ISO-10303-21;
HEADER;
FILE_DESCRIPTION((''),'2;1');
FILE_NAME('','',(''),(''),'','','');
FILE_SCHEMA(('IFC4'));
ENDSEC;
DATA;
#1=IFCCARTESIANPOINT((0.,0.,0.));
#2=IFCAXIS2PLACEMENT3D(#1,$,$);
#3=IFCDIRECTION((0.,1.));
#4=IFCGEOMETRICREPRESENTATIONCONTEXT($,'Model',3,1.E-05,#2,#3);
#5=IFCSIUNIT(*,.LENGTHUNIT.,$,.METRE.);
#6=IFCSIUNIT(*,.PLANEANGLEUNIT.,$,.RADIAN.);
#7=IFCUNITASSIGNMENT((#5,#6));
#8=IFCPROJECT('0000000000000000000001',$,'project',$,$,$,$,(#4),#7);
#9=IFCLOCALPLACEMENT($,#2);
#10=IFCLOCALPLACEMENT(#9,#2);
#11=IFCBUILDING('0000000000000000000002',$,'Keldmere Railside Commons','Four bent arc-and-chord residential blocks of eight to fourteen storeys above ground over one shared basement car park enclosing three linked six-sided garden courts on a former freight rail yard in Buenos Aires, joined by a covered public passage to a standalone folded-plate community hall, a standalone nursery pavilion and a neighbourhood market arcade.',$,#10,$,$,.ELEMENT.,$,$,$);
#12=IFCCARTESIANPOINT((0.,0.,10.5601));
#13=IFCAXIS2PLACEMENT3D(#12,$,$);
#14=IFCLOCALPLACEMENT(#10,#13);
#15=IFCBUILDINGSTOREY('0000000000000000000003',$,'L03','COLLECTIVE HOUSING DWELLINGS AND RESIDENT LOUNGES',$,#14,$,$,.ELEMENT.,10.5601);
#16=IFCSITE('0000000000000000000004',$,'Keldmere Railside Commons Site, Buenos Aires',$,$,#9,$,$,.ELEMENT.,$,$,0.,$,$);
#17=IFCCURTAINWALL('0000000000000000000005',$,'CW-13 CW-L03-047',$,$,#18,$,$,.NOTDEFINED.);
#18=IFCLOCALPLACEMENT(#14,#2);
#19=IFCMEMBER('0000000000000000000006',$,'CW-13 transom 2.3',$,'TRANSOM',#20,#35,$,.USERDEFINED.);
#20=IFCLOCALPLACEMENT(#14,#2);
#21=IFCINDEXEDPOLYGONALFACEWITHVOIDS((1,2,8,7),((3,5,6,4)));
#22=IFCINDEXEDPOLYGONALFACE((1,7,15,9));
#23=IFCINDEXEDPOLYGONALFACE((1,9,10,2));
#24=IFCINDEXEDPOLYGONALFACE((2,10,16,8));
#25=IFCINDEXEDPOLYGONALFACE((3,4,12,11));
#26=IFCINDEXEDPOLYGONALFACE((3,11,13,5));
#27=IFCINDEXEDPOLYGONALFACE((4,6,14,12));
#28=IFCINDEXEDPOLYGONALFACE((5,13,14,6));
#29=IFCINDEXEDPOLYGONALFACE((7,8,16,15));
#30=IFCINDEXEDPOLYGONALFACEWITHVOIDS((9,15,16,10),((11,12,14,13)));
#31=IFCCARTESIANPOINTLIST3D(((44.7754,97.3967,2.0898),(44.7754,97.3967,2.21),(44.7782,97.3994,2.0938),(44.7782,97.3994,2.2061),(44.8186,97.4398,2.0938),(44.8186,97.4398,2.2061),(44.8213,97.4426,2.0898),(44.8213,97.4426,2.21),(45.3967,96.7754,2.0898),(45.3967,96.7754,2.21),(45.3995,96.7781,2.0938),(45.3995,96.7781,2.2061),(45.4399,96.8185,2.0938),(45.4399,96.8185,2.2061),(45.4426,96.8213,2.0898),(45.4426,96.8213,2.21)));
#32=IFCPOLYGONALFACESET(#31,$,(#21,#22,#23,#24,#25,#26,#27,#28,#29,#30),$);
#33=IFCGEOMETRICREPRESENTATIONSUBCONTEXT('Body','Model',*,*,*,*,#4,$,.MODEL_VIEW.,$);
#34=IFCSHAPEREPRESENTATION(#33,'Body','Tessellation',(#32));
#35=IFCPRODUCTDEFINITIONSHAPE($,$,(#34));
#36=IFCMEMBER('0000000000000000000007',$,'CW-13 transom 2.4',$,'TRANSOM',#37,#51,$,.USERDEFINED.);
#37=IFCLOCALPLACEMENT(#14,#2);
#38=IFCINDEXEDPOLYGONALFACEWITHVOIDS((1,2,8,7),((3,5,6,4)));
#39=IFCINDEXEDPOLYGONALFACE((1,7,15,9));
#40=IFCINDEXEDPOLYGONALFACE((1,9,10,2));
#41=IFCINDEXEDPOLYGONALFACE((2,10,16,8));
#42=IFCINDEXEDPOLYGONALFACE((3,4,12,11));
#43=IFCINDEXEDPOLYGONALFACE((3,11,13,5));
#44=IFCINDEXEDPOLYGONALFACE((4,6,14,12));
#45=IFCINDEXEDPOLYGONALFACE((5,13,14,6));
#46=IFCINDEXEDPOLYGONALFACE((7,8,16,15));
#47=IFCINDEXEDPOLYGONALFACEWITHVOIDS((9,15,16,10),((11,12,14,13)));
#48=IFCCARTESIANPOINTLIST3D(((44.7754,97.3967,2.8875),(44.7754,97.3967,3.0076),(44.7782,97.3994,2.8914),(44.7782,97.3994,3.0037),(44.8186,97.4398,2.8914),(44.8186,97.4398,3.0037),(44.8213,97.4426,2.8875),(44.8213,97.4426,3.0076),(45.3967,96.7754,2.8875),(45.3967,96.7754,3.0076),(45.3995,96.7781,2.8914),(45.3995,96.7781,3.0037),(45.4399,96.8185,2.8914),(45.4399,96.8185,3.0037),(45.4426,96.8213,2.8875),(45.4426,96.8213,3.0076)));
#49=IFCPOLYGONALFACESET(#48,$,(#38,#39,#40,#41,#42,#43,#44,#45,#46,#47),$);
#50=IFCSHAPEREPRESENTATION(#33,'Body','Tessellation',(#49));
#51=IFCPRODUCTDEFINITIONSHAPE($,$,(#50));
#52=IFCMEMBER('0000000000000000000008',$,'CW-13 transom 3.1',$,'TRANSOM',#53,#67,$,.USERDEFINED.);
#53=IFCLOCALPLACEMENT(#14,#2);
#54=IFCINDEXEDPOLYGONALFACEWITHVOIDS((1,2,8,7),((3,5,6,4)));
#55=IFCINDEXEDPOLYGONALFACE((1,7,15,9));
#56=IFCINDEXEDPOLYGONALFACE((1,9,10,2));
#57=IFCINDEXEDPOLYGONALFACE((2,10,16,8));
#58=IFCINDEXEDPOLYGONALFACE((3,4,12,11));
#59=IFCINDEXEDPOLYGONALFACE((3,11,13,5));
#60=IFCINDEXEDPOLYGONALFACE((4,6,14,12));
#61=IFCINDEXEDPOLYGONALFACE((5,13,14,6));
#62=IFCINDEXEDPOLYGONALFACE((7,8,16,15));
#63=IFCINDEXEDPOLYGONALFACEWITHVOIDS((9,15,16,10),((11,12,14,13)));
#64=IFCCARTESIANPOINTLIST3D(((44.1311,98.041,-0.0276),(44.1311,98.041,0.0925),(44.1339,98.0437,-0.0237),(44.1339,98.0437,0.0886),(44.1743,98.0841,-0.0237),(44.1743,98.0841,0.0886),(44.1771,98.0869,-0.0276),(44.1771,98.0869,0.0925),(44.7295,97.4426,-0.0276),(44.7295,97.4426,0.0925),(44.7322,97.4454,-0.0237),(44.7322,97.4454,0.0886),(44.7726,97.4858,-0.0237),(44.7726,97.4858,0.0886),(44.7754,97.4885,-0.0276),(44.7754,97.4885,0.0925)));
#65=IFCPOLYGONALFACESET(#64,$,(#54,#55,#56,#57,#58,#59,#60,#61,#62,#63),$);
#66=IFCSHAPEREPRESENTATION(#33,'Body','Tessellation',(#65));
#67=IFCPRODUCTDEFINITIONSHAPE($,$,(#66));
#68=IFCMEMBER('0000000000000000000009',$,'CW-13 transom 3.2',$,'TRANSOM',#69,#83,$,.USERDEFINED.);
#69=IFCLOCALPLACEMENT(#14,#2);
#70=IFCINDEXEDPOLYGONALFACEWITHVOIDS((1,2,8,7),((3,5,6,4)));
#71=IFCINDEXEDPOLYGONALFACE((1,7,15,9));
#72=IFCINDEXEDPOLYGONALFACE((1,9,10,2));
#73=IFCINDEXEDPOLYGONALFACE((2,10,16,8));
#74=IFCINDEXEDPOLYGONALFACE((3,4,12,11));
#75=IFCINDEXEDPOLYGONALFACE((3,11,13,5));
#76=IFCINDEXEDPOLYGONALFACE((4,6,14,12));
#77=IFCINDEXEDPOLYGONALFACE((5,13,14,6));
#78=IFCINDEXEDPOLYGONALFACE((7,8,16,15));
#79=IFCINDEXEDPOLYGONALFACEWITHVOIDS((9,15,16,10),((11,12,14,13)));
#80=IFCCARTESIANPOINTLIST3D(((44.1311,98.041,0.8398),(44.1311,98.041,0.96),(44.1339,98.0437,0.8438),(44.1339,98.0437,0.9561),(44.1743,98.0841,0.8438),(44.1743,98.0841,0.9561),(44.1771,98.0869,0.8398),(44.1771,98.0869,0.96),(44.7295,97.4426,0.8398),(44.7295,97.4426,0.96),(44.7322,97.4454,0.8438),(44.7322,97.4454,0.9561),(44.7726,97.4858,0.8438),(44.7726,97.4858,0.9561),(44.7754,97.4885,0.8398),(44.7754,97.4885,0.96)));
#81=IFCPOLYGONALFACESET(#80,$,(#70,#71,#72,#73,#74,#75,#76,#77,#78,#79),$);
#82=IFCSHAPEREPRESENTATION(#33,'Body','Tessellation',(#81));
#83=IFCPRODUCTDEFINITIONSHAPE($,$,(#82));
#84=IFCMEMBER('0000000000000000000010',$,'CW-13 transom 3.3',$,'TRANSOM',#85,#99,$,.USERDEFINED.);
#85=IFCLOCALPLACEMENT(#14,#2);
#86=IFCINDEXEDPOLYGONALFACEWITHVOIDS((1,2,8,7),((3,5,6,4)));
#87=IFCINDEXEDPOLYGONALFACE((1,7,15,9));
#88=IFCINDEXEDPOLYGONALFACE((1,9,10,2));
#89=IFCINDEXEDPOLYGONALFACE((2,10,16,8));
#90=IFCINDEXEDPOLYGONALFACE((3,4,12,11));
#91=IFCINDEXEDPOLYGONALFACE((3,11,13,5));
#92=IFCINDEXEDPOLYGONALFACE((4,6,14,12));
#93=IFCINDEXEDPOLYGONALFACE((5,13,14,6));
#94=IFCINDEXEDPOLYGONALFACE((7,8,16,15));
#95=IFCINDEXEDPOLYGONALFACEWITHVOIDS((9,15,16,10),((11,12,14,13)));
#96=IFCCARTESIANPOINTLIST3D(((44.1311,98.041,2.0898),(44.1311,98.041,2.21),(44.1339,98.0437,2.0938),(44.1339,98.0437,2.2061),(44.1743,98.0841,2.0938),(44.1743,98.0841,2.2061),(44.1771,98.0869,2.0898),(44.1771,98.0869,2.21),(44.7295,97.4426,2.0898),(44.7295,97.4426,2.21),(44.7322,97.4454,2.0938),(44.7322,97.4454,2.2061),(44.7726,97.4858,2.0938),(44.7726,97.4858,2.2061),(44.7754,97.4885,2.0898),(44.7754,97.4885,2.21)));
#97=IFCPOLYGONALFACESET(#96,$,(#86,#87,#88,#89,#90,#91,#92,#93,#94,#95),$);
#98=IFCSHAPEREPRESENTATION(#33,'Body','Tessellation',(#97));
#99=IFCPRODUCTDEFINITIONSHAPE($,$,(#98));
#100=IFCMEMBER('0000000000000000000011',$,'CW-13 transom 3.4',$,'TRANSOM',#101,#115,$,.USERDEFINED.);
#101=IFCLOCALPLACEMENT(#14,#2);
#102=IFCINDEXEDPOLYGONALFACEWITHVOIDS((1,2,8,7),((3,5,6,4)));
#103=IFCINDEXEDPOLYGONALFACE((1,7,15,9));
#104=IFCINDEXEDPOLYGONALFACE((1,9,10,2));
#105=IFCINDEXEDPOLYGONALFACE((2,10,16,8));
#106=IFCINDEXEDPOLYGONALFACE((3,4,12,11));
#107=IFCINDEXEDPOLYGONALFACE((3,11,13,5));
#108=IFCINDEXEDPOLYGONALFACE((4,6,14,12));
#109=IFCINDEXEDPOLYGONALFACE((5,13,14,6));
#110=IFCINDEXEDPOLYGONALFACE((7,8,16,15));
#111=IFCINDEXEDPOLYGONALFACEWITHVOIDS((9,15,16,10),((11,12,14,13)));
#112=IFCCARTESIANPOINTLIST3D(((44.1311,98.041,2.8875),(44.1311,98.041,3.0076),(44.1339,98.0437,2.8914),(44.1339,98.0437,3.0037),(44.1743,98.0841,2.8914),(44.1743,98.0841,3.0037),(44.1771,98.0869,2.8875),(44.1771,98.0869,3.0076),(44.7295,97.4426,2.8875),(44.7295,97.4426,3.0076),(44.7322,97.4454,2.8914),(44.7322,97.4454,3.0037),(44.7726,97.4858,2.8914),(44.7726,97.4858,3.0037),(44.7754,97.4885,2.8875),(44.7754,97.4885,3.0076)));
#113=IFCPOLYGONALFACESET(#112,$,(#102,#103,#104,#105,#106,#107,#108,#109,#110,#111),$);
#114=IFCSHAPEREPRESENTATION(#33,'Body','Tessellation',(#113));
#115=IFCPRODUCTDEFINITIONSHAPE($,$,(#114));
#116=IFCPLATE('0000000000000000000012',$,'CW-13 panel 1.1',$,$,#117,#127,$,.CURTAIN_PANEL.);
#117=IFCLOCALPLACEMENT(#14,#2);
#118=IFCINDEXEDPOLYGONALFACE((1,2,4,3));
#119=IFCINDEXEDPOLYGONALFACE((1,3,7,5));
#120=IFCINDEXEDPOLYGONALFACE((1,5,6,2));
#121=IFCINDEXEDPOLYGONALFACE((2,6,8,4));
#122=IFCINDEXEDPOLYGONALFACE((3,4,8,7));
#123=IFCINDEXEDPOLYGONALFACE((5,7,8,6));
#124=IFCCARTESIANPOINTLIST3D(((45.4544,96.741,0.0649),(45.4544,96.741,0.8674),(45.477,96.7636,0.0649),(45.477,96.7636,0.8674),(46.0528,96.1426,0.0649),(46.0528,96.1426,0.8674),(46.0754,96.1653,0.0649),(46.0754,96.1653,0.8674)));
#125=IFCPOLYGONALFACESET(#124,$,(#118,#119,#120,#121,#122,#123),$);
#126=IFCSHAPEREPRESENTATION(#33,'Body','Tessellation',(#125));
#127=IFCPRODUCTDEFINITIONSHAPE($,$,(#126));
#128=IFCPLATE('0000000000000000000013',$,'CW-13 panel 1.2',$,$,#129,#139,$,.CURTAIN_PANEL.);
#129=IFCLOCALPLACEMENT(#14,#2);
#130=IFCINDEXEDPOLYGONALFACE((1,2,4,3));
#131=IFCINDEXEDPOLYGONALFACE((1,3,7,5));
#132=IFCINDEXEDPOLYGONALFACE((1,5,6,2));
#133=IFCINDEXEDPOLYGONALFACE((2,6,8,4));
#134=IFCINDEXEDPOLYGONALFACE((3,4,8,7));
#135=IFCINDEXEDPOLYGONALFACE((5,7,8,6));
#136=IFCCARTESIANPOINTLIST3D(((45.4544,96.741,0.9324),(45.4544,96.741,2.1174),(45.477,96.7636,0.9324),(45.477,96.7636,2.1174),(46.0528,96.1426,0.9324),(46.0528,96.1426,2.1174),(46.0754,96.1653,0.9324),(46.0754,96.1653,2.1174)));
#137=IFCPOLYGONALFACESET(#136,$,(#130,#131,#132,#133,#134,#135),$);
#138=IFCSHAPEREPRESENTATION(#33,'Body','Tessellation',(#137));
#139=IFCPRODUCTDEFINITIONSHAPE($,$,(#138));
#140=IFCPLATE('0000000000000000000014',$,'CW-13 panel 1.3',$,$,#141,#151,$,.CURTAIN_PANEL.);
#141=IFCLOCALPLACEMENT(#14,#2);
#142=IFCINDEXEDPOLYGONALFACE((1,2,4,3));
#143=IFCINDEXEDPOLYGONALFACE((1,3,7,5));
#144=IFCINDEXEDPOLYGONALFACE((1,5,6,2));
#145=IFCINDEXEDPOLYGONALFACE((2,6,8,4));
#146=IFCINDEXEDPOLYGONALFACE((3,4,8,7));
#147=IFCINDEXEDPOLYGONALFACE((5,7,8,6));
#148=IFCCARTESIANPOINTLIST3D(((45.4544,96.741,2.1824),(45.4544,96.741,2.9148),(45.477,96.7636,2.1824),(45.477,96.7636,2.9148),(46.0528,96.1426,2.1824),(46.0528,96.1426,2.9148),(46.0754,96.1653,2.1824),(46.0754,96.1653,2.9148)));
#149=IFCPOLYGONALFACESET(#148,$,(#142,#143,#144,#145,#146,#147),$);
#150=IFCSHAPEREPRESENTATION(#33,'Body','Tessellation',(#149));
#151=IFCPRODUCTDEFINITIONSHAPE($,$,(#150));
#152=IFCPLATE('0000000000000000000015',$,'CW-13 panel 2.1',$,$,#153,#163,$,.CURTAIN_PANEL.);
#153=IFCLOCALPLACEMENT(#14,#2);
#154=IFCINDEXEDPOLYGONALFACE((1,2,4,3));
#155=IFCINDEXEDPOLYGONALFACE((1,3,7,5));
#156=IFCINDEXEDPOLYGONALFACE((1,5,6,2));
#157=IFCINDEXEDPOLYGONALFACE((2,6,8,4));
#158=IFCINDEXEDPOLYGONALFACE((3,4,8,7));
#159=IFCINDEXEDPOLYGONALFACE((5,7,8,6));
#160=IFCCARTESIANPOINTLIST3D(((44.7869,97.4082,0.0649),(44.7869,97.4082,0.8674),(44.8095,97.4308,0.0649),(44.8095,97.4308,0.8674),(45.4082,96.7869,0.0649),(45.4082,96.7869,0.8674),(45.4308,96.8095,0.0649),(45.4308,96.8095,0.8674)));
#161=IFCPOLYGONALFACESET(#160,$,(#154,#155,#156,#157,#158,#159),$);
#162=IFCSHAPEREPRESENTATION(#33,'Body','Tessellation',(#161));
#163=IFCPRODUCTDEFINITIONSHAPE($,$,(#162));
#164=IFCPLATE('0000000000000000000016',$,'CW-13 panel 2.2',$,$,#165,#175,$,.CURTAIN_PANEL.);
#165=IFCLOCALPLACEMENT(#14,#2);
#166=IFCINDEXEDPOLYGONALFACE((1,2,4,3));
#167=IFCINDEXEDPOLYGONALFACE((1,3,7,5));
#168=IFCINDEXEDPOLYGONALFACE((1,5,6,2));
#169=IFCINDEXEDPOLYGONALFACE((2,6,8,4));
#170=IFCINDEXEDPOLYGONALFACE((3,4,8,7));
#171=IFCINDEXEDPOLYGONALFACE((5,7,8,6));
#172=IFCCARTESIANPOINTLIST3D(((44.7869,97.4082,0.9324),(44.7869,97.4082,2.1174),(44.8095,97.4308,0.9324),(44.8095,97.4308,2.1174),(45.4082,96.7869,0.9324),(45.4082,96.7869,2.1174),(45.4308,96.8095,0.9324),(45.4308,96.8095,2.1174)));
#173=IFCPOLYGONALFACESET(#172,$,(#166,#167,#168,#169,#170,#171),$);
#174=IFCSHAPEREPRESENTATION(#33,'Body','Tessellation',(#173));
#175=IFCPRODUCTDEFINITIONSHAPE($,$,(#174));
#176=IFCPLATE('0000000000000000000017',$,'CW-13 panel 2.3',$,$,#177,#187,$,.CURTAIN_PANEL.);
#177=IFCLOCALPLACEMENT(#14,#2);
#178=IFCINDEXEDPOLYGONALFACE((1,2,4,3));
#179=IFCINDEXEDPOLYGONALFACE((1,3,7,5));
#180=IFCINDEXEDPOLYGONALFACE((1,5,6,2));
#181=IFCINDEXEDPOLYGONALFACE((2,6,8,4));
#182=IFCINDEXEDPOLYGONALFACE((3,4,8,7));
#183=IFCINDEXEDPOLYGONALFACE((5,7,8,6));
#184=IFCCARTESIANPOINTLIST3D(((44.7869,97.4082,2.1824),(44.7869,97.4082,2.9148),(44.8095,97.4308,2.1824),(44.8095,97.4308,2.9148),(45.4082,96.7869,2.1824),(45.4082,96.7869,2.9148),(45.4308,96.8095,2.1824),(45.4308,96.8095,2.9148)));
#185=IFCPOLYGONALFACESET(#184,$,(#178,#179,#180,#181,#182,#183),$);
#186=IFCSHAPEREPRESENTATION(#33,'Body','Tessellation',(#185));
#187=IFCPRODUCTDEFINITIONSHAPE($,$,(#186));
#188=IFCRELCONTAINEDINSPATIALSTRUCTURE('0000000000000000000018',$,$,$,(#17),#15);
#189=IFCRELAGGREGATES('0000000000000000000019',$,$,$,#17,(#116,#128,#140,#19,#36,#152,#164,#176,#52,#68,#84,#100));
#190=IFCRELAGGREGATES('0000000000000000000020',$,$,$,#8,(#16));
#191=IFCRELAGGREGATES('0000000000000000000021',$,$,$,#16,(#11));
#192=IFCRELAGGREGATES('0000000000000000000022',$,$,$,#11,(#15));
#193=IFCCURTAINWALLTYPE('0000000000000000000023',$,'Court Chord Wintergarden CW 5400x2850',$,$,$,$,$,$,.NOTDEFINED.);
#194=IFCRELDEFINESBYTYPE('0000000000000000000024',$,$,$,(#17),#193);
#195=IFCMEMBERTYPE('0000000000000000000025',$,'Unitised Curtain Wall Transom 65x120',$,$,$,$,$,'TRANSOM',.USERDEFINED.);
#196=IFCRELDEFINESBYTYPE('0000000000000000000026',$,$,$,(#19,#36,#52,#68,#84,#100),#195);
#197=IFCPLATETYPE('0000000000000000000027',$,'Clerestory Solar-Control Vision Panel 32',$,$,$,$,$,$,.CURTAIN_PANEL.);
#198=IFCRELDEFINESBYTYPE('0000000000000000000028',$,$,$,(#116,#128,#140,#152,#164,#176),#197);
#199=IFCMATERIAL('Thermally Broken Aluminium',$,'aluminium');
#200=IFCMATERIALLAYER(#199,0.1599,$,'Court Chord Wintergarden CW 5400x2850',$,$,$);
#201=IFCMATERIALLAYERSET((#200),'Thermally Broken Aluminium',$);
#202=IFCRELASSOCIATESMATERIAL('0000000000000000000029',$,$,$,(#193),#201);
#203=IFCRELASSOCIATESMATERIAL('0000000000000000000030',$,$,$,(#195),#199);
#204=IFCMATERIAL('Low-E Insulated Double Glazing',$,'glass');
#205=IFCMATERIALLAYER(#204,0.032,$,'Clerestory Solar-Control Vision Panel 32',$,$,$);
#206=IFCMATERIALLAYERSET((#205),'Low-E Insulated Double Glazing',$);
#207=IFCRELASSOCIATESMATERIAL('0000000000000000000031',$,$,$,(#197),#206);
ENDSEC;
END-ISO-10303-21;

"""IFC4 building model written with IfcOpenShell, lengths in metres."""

from ifc_helpers import new_model, si_unit, direction, frame, origin, origin_2d, place, context, subcontext, project, spatial, rectangle, hollow_rectangle, extrude, material, layer, layer_set, material_profile, profile_set, type_object, element, aggregate, save


model = new_model("IFC4")

# Units and contexts
model_context = context("Model", 3, precision=1e-05, world=origin(), true_north=direction((0.0, 1.0)))
body_context = subcontext(model_context, "Body", "Model", "MODEL_VIEW")
ifc_project = project(units=[si_unit("LENGTHUNIT", "METRE"), si_unit("PLANEANGLEUNIT", "RADIAN")], contexts=[model_context])

# Site, building, storey
site_placement = place(None, origin())
site = spatial("IfcSite", under=ifc_project, at=site_placement, Name="Keldmere Railside Commons Site, Buenos Aires", CompositionType="ELEMENT", RefElevation=0.0)
building_placement = place(site_placement, origin())
building = spatial("IfcBuilding", under=site, at=building_placement, Name="Keldmere Railside Commons", Description="Four bent arc-and-chord residential blocks of eight to fourteen storeys above ground over one shared basement car park enclosing three linked six-sided garden courts on a former freight rail yard in Buenos Aires, joined by a covered public passage to a standalone folded-plate community hall, a standalone nursery pavilion and a neighbourhood market arcade.", CompositionType="ELEMENT")
storey_placement = place(building_placement, frame((0.0, 0.0, 10.5601)))
storey = spatial("IfcBuildingStorey", under=building, at=storey_placement, Name="L03", Description="COLLECTIVE HOUSING DWELLINGS AND RESIDENT LOUNGES", CompositionType="ELEMENT", Elevation=10.5601)

# Curtain wall
ifc_material_1 = material(Name="Thermally Broken Aluminium", Category="aluminium")
ifc_layer_1 = layer(ifc_material_1, 0.1599, Name="Court Chord Wintergarden CW 5400x2850")
ifc_layer_set_1 = layer_set([ifc_layer_1], Name="Thermally Broken Aluminium")
curtain_wall_type_1 = type_object("IfcCurtainWallType", Name="Court Chord Wintergarden CW 5400x2850", PredefinedType="NOTDEFINED", material=ifc_layer_set_1)
curtain_wall_1_placement = place(storey_placement, origin())
curtain_wall_1 = element("IfcCurtainWall", 1, at=curtain_wall_1_placement, inside=storey, type_object=curtain_wall_type_1, Name="CW-13 CW-L03-047", PredefinedType="NOTDEFINED")

# Members
ifc_material_profile_1 = material_profile(ifc_material_1, hollow_rectangle(XDim=0.0649, YDim=0.1201, WallThickness=0.0039, at=origin_2d()), Name="ALU-TRAN-65x120")
ifc_profile_set_1 = profile_set([ifc_material_profile_1], Name="Thermally Broken Aluminium")
member_type_1 = type_object("IfcMemberType", Name="Unitised Curtain Wall Transom 65x120", ElementType="TRANSOM", PredefinedType="USERDEFINED", material=ifc_profile_set_1)
member_1_placement = place(storey_placement, frame((45.4197, 96.7983, 2.1499), z_axis=(-0.707107, 0.707107, 0.0), x_axis=(-0.707107, -0.707107, 0.0)))
member_1 = element("IfcMember", 2, at=member_1_placement, type_object=member_type_1, Name="CW-13 transom 2.3", ObjectType="TRANSOM", PredefinedType="USERDEFINED", context=body_context, shape_type="SweptSolid", body=[
    extrude(hollow_rectangle(XDim=0.0649, YDim=0.1201, WallThickness=0.0039, at=origin_2d()), origin(), (0.0, 0.0, 1.0), 0.8787),
])
member_2_placement = place(storey_placement, frame((45.4197, 96.7983, 2.9475), z_axis=(-0.707107, 0.707107, 0.0), x_axis=(-0.707107, -0.707107, 0.0)))
member_2 = element("IfcMember", 3, at=member_2_placement, type_object=member_type_1, Name="CW-13 transom 2.4", ObjectType="TRANSOM", PredefinedType="USERDEFINED", context=body_context, shape_type="SweptSolid", body=[
    extrude(hollow_rectangle(XDim=0.0649, YDim=0.1201, WallThickness=0.0039, at=origin_2d()), origin(), (0.0, 0.0, 1.0), 0.8787),
])
member_3_placement = place(storey_placement, frame((44.7524, 97.4656, 0.0325), z_axis=(-0.707107, 0.707107, 0.0), x_axis=(-0.707107, -0.707107, 0.0)))
member_3 = element("IfcMember", 4, at=member_3_placement, type_object=member_type_1, Name="CW-13 transom 3.1", ObjectType="TRANSOM", PredefinedType="USERDEFINED", context=body_context, shape_type="SweptSolid", body=[
    extrude(hollow_rectangle(XDim=0.0649, YDim=0.1201, WallThickness=0.0039, at=origin_2d()), origin(), (0.0, 0.0, 1.0), 0.8462),
])
member_4_placement = place(storey_placement, frame((44.7524, 97.4656, 0.8999), z_axis=(-0.707107, 0.707107, 0.0), x_axis=(-0.707107, -0.707107, 0.0)))
member_4 = element("IfcMember", 5, at=member_4_placement, type_object=member_type_1, Name="CW-13 transom 3.2", ObjectType="TRANSOM", PredefinedType="USERDEFINED", context=body_context, shape_type="SweptSolid", body=[
    extrude(hollow_rectangle(XDim=0.0649, YDim=0.1201, WallThickness=0.0039, at=origin_2d()), origin(), (0.0, 0.0, 1.0), 0.8462),
])
member_5_placement = place(storey_placement, frame((44.7524, 97.4656, 2.1499), z_axis=(-0.707107, 0.707107, 0.0), x_axis=(-0.707107, -0.707107, 0.0)))
member_5 = element("IfcMember", 6, at=member_5_placement, type_object=member_type_1, Name="CW-13 transom 3.3", ObjectType="TRANSOM", PredefinedType="USERDEFINED", context=body_context, shape_type="SweptSolid", body=[
    extrude(hollow_rectangle(XDim=0.0649, YDim=0.1201, WallThickness=0.0039, at=origin_2d()), origin(), (0.0, 0.0, 1.0), 0.8462),
])
member_6_placement = place(storey_placement, frame((44.7524, 97.4656, 2.9475), z_axis=(-0.707107, 0.707107, 0.0), x_axis=(-0.707107, -0.707107, 0.0)))
member_6 = element("IfcMember", 7, at=member_6_placement, type_object=member_type_1, Name="CW-13 transom 3.4", ObjectType="TRANSOM", PredefinedType="USERDEFINED", context=body_context, shape_type="SweptSolid", body=[
    extrude(hollow_rectangle(XDim=0.0649, YDim=0.1201, WallThickness=0.0039, at=origin_2d()), origin(), (0.0, 0.0, 1.0), 0.8462),
])

# Plates
ifc_material_2 = material(Name="Low-E Insulated Double Glazing", Category="glass")
ifc_layer_2 = layer(ifc_material_2, 0.032, Name="Clerestory Solar-Control Vision Panel 32")
ifc_layer_set_2 = layer_set([ifc_layer_2], Name="Low-E Insulated Double Glazing")
plate_type_1 = type_object("IfcPlateType", Name="Clerestory Solar-Control Vision Panel 32", PredefinedType="CURTAIN_PANEL", material=ifc_layer_set_2)
plate_1_placement = place(storey_placement, frame((45.7649, 96.4531, 0.0649), z_axis=(0.0, 0.0, 1.0), x_axis=(-0.707107, 0.707107, 0.0)))
plate_1 = element("IfcPlate", 8, at=plate_1_placement, type_object=plate_type_1, Name="CW-13 panel 1.1", PredefinedType="CURTAIN_PANEL", context=body_context, shape_type="SweptSolid", body=[
    extrude(rectangle(XDim=0.8462, YDim=0.032, at=origin_2d()), origin(), (0.0, 0.0, 1.0), 0.8025),
])
plate_2_placement = place(storey_placement, frame((45.7649, 96.4531, 0.9324), z_axis=(0.0, 0.0, 1.0), x_axis=(-0.707107, 0.707107, 0.0)))
plate_2 = element("IfcPlate", 9, at=plate_2_placement, type_object=plate_type_1, Name="CW-13 panel 1.2", PredefinedType="CURTAIN_PANEL", context=body_context, shape_type="SweptSolid", body=[
    extrude(rectangle(XDim=0.8462, YDim=0.032, at=origin_2d()), origin(), (0.0, 0.0, 1.0), 1.1851),
])
plate_3_placement = place(storey_placement, frame((45.7649, 96.4531, 2.1824), z_axis=(0.0, 0.0, 1.0), x_axis=(-0.707107, 0.707107, 0.0)))
plate_3 = element("IfcPlate", 10, at=plate_3_placement, type_object=plate_type_1, Name="CW-13 panel 1.3", PredefinedType="CURTAIN_PANEL", context=body_context, shape_type="SweptSolid", body=[
    extrude(rectangle(XDim=0.8462, YDim=0.032, at=origin_2d()), origin(), (0.0, 0.0, 1.0), 0.7324),
])
plate_4_placement = place(storey_placement, frame((45.1089, 97.1089, 0.0649), z_axis=(0.0, 0.0, 1.0), x_axis=(-0.707107, 0.707107, 0.0)))
plate_4 = element("IfcPlate", 11, at=plate_4_placement, type_object=plate_type_1, Name="CW-13 panel 2.1", PredefinedType="CURTAIN_PANEL", context=body_context, shape_type="SweptSolid", body=[
    extrude(rectangle(XDim=0.8787, YDim=0.032, at=origin_2d()), origin(), (0.0, 0.0, 1.0), 0.8025),
])
plate_5_placement = place(storey_placement, frame((45.1089, 97.1089, 0.9324), z_axis=(0.0, 0.0, 1.0), x_axis=(-0.707107, 0.707107, 0.0)))
plate_5 = element("IfcPlate", 12, at=plate_5_placement, type_object=plate_type_1, Name="CW-13 panel 2.2", PredefinedType="CURTAIN_PANEL", context=body_context, shape_type="SweptSolid", body=[
    extrude(rectangle(XDim=0.8787, YDim=0.032, at=origin_2d()), origin(), (0.0, 0.0, 1.0), 1.1851),
])
plate_6_placement = place(storey_placement, frame((45.1089, 97.1089, 2.1824), z_axis=(0.0, 0.0, 1.0), x_axis=(-0.707107, 0.707107, 0.0)))
plate_6 = element("IfcPlate", 13, at=plate_6_placement, type_object=plate_type_1, Name="CW-13 panel 2.3", PredefinedType="CURTAIN_PANEL", context=body_context, shape_type="SweptSolid", body=[
    extrude(rectangle(XDim=0.8787, YDim=0.032, at=origin_2d()), origin(), (0.0, 0.0, 1.0), 0.7324),
])
aggregate(curtain_wall_1, [plate_1, plate_2, plate_3, member_1, member_2, plate_4, plate_5, plate_6, member_3, member_4, member_5, member_6])

save(model, "model.ifc")
